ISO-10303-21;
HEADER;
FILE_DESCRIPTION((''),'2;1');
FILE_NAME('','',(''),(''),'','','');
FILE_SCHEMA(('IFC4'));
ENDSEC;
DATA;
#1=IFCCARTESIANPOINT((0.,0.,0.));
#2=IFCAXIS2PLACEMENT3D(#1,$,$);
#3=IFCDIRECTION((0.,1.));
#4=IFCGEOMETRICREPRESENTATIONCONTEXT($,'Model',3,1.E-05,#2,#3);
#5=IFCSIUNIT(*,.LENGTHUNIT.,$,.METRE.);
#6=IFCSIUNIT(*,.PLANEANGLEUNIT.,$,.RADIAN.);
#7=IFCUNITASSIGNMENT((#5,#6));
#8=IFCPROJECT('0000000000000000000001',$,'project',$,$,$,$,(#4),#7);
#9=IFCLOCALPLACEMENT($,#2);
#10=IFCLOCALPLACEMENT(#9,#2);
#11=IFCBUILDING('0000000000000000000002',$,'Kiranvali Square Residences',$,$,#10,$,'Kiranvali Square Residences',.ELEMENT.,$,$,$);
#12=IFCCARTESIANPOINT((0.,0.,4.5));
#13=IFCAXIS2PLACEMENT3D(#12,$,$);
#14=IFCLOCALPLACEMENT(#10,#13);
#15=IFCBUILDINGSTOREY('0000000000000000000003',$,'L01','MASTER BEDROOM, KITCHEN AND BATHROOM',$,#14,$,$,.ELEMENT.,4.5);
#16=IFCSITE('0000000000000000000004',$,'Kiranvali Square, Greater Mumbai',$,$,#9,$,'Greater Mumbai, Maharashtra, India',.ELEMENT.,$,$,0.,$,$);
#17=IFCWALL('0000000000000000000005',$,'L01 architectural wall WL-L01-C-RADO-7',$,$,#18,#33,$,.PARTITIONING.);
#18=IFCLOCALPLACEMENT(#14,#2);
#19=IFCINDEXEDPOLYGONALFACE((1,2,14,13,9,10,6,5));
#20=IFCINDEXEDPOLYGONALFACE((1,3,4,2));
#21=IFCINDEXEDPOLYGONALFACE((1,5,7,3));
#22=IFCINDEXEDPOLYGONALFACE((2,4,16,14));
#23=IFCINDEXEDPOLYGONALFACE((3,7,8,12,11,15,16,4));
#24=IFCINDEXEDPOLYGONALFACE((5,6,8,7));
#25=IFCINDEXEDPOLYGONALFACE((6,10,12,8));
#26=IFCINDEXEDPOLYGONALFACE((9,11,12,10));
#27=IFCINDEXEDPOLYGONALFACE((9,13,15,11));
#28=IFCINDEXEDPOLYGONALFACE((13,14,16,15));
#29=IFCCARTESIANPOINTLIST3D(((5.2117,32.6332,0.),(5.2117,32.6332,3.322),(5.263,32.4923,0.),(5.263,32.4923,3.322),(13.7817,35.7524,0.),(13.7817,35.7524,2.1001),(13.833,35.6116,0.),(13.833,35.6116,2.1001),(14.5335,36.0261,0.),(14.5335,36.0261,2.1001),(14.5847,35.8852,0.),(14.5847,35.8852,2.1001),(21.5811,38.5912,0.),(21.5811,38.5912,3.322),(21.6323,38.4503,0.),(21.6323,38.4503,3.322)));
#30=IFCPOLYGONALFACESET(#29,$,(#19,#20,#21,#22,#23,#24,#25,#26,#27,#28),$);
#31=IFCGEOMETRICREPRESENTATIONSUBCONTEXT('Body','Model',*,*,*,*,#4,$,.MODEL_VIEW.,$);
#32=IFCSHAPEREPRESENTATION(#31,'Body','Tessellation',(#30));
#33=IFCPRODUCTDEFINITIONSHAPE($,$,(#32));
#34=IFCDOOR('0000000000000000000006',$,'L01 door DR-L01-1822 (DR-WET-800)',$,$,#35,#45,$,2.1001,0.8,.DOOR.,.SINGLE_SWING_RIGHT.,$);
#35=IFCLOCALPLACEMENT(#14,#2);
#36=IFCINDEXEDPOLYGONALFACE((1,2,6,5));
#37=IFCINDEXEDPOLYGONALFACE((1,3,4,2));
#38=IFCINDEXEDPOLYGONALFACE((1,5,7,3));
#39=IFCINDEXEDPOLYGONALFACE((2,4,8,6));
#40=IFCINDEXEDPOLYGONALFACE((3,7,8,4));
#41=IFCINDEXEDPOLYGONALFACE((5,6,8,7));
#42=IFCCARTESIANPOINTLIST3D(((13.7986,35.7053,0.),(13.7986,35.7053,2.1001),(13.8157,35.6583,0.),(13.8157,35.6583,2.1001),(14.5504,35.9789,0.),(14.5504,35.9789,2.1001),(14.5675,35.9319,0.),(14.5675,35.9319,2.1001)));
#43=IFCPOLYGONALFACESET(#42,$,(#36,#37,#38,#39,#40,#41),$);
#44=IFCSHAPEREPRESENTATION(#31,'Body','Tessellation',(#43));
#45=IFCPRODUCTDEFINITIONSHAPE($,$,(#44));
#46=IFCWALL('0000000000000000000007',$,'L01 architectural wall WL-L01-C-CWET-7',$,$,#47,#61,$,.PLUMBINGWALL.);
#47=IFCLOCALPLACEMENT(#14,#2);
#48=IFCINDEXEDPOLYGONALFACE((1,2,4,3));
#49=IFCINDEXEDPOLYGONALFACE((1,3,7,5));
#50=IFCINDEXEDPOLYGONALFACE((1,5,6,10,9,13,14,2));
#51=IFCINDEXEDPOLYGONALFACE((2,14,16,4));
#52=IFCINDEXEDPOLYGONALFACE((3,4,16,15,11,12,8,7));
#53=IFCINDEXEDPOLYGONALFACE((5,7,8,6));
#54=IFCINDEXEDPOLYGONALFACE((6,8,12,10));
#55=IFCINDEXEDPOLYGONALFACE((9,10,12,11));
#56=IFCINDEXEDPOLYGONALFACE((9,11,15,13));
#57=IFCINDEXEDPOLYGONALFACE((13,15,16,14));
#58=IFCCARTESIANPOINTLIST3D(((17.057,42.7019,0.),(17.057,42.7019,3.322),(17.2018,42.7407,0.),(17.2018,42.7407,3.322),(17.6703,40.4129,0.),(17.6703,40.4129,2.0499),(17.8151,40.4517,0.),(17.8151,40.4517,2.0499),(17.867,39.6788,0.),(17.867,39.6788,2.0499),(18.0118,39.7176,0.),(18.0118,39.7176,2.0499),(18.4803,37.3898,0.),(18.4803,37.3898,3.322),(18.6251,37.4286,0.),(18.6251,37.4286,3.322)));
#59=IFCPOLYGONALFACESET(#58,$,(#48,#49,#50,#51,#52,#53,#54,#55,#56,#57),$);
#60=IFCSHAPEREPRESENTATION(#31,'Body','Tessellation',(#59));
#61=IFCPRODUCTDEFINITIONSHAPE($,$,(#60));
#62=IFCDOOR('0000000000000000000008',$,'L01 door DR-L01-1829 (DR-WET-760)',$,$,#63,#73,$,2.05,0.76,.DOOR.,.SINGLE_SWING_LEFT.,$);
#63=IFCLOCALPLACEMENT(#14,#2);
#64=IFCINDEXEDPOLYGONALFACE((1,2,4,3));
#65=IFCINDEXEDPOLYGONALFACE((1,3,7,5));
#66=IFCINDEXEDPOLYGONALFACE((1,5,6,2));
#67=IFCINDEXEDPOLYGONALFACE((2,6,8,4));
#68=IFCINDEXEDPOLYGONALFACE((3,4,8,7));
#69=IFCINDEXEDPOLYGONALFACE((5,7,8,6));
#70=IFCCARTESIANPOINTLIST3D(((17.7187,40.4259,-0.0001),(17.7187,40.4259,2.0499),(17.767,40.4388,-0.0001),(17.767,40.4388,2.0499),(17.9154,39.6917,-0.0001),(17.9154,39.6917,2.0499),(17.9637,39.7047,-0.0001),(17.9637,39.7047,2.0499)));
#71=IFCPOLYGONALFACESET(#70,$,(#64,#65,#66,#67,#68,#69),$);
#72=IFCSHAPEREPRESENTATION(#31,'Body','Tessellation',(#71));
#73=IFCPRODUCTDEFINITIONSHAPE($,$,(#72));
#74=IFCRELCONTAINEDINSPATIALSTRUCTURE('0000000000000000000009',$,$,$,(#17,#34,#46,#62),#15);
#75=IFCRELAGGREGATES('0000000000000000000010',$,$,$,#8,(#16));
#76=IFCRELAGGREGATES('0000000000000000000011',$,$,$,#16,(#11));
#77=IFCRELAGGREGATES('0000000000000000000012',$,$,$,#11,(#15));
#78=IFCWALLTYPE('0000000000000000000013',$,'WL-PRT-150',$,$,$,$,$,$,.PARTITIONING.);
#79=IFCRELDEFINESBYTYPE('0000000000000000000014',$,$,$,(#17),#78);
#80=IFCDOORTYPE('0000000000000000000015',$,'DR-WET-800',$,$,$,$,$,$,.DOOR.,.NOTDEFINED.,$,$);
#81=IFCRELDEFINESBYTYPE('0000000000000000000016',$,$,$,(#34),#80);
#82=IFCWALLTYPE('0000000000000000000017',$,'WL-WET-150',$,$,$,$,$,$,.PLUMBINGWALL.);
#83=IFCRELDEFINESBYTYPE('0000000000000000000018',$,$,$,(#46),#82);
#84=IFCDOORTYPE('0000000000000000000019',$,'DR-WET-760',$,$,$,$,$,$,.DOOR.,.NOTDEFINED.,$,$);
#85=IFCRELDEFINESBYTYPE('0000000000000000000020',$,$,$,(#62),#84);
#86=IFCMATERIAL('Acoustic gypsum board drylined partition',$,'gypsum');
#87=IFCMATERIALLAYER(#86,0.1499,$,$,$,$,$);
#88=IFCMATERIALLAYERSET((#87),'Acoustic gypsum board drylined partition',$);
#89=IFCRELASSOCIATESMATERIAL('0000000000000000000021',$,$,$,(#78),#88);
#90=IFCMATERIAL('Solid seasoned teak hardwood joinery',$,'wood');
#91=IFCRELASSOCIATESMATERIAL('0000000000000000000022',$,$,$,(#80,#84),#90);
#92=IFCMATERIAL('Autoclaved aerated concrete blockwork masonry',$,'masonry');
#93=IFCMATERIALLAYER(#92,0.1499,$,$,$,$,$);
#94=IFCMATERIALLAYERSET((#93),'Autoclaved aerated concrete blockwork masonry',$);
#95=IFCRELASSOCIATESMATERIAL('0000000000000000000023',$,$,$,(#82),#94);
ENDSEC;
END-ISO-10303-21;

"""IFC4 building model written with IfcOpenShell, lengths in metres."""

from ifc_helpers import new_model, si_unit, direction, frame, frame_2d, origin, place, context, subcontext, project, spatial, rectangle, extrude, material, layer, layer_set, type_object, element, fill, save


model = new_model("IFC4")

# Units and contexts
model_context = context("Model", 3, precision=1e-05, world=origin(), true_north=direction((0.0, 1.0)))
body_context = subcontext(model_context, "Body", "Model", "MODEL_VIEW")
ifc_project = project(units=[si_unit("LENGTHUNIT", "METRE"), si_unit("PLANEANGLEUNIT", "RADIAN")], contexts=[model_context])

# Site, building, storey
site_placement = place(None, origin())
site = spatial("IfcSite", under=ifc_project, at=site_placement, Name="Kiranvali Square, Greater Mumbai", LongName="Greater Mumbai, Maharashtra, India", CompositionType="ELEMENT", RefElevation=0.0)
building_placement = place(site_placement, origin())
building = spatial("IfcBuilding", under=site, at=building_placement, Name="Kiranvali Square Residences", LongName="Kiranvali Square Residences", CompositionType="ELEMENT")
storey_placement = place(building_placement, frame((0.0, 0.0, 4.5)))
storey = spatial("IfcBuildingStorey", under=building, at=storey_placement, Name="L01", Description="MASTER BEDROOM, KITCHEN AND BATHROOM", CompositionType="ELEMENT", Elevation=4.5)

# Shared definitions
ifc_material_1 = material(Name="Autoclaved aerated concrete blockwork masonry", Category="masonry")

# Walls, openings, doors
ifc_material_2 = material(Name="Acoustic gypsum board drylined partition", Category="gypsum")
ifc_layer_1 = layer(ifc_material_2, 0.1499)
ifc_layer_set_1 = layer_set([ifc_layer_1], Name="Acoustic gypsum board drylined partition")
wall_type_1 = type_object("IfcWallType", Name="WL-PRT-150", PredefinedType="PARTITIONING", material=ifc_layer_set_1)
wall_1_placement = place(storey_placement, frame((21.6067, 38.5208, 0.0), z_axis=(0.0, 0.0, 1.0), x_axis=(-0.939692, -0.342022, 0.0)))
wall_1 = element("IfcWall", 1, at=wall_1_placement, inside=storey, type_object=wall_type_1, Name="L01 architectural wall WL-L01-C-RADO-7", PredefinedType="PARTITIONING", context=body_context, shape_type="SweptSolid", body=[
    extrude(rectangle(XDim=17.4199, YDim=0.1499, at=frame_2d((8.71, 0.0))), origin(), (0.0, 0.0, 1.0), 3.322),
])
opening_1_placement = place(wall_1_placement, frame((7.5, 0.0, 0.0)))
opening_1 = element("IfcOpeningElement", 2, at=opening_1_placement, cuts=wall_1, PredefinedType="OPENING", context=body_context, shape_type="SweptSolid", body=[
    extrude(rectangle(XDim=0.8, YDim=2.1001, at=frame_2d((0.3999, 1.05))), frame((0.0, 0.085, 0.0), z_axis=(0.0, -1.0, 0.0), x_axis=(1.0, 0.0, 0.0)), (0.0, 0.0, 1.0), 0.1699),
])
ifc_material_3 = material(Name="Solid seasoned teak hardwood joinery", Category="wood")
door_type_1 = type_object("IfcDoorType", Name="DR-WET-800", OperationType="NOTDEFINED", PredefinedType="DOOR", material=ifc_material_3)
door_1_placement = place(opening_1_placement, frame((0.8, 0.0, 0.0), z_axis=(0.0, 0.0, 1.0), x_axis=(-1.0, 0.0, 0.0)))
door_1 = element("IfcDoor", 3, at=door_1_placement, inside=storey, type_object=door_type_1, Name="L01 door DR-L01-1822 (DR-WET-800)", OperationType="SINGLE_SWING_RIGHT", OverallHeight=2.1001, OverallWidth=0.8, PredefinedType="DOOR", context=body_context, shape_type="SweptSolid", body=[
    extrude(rectangle(XDim=0.8, YDim=2.1001, at=frame_2d((0.3999, 1.05))), frame((0.0, 0.0249, 0.0), z_axis=(0.0, -1.0, 0.0), x_axis=(1.0, 0.0, 0.0)), (0.0, 0.0, 1.0), 0.05),
])
fill(opening_1, door_1)
ifc_layer_2 = layer(ifc_material_1, 0.1499)
ifc_layer_set_2 = layer_set([ifc_layer_2], Name="Autoclaved aerated concrete blockwork masonry")
wall_type_2 = type_object("IfcWallType", Name="WL-WET-150", PredefinedType="PLUMBINGWALL", material=ifc_layer_set_2)
wall_2_placement = place(storey_placement, frame((18.5527, 37.4092, 0.0), z_axis=(0.0, 0.0, 1.0), x_axis=(-0.258806, 0.965929, 0.0)))
wall_2 = element("IfcWall", 4, at=wall_2_placement, inside=storey, type_object=wall_type_2, Name="L01 architectural wall WL-L01-C-CWET-7", PredefinedType="PLUMBINGWALL", context=body_context, shape_type="SweptSolid", body=[
    extrude(rectangle(XDim=5.4995, YDim=0.1499, at=frame_2d((2.7498, 0.0))), origin(), (0.0, 0.0, 1.0), 3.322),
])
opening_2_placement = place(wall_2_placement, frame((2.3699, 0.0, 0.0)))
opening_2 = element("IfcOpeningElement", 5, at=opening_2_placement, cuts=wall_2, PredefinedType="OPENING", context=body_context, shape_type="SweptSolid", body=[
    extrude(rectangle(XDim=0.76, YDim=2.05, at=frame_2d((0.3799, 1.0249))), frame((0.0, 0.085, 0.0), z_axis=(0.0, -1.0, 0.0), x_axis=(1.0, 0.0, 0.0)), (0.0, 0.0, 1.0), 0.1699),
])
door_type_2 = type_object("IfcDoorType", Name="DR-WET-760", OperationType="NOTDEFINED", PredefinedType="DOOR", material=ifc_material_3)
door_2_placement = place(opening_2_placement, origin())
door_2 = element("IfcDoor", 6, at=door_2_placement, inside=storey, type_object=door_type_2, Name="L01 door DR-L01-1829 (DR-WET-760)", OperationType="SINGLE_SWING_LEFT", OverallHeight=2.05, OverallWidth=0.76, PredefinedType="DOOR", context=body_context, shape_type="SweptSolid", body=[
    extrude(rectangle(XDim=0.76, YDim=2.05, at=frame_2d((0.3799, 1.0249))), frame((0.0, 0.0249, 0.0), z_axis=(0.0, -1.0, 0.0), x_axis=(1.0, 0.0, 0.0)), (0.0, 0.0, 1.0), 0.05),
])
fill(opening_2, door_2)

save(model, "model.ifc")
